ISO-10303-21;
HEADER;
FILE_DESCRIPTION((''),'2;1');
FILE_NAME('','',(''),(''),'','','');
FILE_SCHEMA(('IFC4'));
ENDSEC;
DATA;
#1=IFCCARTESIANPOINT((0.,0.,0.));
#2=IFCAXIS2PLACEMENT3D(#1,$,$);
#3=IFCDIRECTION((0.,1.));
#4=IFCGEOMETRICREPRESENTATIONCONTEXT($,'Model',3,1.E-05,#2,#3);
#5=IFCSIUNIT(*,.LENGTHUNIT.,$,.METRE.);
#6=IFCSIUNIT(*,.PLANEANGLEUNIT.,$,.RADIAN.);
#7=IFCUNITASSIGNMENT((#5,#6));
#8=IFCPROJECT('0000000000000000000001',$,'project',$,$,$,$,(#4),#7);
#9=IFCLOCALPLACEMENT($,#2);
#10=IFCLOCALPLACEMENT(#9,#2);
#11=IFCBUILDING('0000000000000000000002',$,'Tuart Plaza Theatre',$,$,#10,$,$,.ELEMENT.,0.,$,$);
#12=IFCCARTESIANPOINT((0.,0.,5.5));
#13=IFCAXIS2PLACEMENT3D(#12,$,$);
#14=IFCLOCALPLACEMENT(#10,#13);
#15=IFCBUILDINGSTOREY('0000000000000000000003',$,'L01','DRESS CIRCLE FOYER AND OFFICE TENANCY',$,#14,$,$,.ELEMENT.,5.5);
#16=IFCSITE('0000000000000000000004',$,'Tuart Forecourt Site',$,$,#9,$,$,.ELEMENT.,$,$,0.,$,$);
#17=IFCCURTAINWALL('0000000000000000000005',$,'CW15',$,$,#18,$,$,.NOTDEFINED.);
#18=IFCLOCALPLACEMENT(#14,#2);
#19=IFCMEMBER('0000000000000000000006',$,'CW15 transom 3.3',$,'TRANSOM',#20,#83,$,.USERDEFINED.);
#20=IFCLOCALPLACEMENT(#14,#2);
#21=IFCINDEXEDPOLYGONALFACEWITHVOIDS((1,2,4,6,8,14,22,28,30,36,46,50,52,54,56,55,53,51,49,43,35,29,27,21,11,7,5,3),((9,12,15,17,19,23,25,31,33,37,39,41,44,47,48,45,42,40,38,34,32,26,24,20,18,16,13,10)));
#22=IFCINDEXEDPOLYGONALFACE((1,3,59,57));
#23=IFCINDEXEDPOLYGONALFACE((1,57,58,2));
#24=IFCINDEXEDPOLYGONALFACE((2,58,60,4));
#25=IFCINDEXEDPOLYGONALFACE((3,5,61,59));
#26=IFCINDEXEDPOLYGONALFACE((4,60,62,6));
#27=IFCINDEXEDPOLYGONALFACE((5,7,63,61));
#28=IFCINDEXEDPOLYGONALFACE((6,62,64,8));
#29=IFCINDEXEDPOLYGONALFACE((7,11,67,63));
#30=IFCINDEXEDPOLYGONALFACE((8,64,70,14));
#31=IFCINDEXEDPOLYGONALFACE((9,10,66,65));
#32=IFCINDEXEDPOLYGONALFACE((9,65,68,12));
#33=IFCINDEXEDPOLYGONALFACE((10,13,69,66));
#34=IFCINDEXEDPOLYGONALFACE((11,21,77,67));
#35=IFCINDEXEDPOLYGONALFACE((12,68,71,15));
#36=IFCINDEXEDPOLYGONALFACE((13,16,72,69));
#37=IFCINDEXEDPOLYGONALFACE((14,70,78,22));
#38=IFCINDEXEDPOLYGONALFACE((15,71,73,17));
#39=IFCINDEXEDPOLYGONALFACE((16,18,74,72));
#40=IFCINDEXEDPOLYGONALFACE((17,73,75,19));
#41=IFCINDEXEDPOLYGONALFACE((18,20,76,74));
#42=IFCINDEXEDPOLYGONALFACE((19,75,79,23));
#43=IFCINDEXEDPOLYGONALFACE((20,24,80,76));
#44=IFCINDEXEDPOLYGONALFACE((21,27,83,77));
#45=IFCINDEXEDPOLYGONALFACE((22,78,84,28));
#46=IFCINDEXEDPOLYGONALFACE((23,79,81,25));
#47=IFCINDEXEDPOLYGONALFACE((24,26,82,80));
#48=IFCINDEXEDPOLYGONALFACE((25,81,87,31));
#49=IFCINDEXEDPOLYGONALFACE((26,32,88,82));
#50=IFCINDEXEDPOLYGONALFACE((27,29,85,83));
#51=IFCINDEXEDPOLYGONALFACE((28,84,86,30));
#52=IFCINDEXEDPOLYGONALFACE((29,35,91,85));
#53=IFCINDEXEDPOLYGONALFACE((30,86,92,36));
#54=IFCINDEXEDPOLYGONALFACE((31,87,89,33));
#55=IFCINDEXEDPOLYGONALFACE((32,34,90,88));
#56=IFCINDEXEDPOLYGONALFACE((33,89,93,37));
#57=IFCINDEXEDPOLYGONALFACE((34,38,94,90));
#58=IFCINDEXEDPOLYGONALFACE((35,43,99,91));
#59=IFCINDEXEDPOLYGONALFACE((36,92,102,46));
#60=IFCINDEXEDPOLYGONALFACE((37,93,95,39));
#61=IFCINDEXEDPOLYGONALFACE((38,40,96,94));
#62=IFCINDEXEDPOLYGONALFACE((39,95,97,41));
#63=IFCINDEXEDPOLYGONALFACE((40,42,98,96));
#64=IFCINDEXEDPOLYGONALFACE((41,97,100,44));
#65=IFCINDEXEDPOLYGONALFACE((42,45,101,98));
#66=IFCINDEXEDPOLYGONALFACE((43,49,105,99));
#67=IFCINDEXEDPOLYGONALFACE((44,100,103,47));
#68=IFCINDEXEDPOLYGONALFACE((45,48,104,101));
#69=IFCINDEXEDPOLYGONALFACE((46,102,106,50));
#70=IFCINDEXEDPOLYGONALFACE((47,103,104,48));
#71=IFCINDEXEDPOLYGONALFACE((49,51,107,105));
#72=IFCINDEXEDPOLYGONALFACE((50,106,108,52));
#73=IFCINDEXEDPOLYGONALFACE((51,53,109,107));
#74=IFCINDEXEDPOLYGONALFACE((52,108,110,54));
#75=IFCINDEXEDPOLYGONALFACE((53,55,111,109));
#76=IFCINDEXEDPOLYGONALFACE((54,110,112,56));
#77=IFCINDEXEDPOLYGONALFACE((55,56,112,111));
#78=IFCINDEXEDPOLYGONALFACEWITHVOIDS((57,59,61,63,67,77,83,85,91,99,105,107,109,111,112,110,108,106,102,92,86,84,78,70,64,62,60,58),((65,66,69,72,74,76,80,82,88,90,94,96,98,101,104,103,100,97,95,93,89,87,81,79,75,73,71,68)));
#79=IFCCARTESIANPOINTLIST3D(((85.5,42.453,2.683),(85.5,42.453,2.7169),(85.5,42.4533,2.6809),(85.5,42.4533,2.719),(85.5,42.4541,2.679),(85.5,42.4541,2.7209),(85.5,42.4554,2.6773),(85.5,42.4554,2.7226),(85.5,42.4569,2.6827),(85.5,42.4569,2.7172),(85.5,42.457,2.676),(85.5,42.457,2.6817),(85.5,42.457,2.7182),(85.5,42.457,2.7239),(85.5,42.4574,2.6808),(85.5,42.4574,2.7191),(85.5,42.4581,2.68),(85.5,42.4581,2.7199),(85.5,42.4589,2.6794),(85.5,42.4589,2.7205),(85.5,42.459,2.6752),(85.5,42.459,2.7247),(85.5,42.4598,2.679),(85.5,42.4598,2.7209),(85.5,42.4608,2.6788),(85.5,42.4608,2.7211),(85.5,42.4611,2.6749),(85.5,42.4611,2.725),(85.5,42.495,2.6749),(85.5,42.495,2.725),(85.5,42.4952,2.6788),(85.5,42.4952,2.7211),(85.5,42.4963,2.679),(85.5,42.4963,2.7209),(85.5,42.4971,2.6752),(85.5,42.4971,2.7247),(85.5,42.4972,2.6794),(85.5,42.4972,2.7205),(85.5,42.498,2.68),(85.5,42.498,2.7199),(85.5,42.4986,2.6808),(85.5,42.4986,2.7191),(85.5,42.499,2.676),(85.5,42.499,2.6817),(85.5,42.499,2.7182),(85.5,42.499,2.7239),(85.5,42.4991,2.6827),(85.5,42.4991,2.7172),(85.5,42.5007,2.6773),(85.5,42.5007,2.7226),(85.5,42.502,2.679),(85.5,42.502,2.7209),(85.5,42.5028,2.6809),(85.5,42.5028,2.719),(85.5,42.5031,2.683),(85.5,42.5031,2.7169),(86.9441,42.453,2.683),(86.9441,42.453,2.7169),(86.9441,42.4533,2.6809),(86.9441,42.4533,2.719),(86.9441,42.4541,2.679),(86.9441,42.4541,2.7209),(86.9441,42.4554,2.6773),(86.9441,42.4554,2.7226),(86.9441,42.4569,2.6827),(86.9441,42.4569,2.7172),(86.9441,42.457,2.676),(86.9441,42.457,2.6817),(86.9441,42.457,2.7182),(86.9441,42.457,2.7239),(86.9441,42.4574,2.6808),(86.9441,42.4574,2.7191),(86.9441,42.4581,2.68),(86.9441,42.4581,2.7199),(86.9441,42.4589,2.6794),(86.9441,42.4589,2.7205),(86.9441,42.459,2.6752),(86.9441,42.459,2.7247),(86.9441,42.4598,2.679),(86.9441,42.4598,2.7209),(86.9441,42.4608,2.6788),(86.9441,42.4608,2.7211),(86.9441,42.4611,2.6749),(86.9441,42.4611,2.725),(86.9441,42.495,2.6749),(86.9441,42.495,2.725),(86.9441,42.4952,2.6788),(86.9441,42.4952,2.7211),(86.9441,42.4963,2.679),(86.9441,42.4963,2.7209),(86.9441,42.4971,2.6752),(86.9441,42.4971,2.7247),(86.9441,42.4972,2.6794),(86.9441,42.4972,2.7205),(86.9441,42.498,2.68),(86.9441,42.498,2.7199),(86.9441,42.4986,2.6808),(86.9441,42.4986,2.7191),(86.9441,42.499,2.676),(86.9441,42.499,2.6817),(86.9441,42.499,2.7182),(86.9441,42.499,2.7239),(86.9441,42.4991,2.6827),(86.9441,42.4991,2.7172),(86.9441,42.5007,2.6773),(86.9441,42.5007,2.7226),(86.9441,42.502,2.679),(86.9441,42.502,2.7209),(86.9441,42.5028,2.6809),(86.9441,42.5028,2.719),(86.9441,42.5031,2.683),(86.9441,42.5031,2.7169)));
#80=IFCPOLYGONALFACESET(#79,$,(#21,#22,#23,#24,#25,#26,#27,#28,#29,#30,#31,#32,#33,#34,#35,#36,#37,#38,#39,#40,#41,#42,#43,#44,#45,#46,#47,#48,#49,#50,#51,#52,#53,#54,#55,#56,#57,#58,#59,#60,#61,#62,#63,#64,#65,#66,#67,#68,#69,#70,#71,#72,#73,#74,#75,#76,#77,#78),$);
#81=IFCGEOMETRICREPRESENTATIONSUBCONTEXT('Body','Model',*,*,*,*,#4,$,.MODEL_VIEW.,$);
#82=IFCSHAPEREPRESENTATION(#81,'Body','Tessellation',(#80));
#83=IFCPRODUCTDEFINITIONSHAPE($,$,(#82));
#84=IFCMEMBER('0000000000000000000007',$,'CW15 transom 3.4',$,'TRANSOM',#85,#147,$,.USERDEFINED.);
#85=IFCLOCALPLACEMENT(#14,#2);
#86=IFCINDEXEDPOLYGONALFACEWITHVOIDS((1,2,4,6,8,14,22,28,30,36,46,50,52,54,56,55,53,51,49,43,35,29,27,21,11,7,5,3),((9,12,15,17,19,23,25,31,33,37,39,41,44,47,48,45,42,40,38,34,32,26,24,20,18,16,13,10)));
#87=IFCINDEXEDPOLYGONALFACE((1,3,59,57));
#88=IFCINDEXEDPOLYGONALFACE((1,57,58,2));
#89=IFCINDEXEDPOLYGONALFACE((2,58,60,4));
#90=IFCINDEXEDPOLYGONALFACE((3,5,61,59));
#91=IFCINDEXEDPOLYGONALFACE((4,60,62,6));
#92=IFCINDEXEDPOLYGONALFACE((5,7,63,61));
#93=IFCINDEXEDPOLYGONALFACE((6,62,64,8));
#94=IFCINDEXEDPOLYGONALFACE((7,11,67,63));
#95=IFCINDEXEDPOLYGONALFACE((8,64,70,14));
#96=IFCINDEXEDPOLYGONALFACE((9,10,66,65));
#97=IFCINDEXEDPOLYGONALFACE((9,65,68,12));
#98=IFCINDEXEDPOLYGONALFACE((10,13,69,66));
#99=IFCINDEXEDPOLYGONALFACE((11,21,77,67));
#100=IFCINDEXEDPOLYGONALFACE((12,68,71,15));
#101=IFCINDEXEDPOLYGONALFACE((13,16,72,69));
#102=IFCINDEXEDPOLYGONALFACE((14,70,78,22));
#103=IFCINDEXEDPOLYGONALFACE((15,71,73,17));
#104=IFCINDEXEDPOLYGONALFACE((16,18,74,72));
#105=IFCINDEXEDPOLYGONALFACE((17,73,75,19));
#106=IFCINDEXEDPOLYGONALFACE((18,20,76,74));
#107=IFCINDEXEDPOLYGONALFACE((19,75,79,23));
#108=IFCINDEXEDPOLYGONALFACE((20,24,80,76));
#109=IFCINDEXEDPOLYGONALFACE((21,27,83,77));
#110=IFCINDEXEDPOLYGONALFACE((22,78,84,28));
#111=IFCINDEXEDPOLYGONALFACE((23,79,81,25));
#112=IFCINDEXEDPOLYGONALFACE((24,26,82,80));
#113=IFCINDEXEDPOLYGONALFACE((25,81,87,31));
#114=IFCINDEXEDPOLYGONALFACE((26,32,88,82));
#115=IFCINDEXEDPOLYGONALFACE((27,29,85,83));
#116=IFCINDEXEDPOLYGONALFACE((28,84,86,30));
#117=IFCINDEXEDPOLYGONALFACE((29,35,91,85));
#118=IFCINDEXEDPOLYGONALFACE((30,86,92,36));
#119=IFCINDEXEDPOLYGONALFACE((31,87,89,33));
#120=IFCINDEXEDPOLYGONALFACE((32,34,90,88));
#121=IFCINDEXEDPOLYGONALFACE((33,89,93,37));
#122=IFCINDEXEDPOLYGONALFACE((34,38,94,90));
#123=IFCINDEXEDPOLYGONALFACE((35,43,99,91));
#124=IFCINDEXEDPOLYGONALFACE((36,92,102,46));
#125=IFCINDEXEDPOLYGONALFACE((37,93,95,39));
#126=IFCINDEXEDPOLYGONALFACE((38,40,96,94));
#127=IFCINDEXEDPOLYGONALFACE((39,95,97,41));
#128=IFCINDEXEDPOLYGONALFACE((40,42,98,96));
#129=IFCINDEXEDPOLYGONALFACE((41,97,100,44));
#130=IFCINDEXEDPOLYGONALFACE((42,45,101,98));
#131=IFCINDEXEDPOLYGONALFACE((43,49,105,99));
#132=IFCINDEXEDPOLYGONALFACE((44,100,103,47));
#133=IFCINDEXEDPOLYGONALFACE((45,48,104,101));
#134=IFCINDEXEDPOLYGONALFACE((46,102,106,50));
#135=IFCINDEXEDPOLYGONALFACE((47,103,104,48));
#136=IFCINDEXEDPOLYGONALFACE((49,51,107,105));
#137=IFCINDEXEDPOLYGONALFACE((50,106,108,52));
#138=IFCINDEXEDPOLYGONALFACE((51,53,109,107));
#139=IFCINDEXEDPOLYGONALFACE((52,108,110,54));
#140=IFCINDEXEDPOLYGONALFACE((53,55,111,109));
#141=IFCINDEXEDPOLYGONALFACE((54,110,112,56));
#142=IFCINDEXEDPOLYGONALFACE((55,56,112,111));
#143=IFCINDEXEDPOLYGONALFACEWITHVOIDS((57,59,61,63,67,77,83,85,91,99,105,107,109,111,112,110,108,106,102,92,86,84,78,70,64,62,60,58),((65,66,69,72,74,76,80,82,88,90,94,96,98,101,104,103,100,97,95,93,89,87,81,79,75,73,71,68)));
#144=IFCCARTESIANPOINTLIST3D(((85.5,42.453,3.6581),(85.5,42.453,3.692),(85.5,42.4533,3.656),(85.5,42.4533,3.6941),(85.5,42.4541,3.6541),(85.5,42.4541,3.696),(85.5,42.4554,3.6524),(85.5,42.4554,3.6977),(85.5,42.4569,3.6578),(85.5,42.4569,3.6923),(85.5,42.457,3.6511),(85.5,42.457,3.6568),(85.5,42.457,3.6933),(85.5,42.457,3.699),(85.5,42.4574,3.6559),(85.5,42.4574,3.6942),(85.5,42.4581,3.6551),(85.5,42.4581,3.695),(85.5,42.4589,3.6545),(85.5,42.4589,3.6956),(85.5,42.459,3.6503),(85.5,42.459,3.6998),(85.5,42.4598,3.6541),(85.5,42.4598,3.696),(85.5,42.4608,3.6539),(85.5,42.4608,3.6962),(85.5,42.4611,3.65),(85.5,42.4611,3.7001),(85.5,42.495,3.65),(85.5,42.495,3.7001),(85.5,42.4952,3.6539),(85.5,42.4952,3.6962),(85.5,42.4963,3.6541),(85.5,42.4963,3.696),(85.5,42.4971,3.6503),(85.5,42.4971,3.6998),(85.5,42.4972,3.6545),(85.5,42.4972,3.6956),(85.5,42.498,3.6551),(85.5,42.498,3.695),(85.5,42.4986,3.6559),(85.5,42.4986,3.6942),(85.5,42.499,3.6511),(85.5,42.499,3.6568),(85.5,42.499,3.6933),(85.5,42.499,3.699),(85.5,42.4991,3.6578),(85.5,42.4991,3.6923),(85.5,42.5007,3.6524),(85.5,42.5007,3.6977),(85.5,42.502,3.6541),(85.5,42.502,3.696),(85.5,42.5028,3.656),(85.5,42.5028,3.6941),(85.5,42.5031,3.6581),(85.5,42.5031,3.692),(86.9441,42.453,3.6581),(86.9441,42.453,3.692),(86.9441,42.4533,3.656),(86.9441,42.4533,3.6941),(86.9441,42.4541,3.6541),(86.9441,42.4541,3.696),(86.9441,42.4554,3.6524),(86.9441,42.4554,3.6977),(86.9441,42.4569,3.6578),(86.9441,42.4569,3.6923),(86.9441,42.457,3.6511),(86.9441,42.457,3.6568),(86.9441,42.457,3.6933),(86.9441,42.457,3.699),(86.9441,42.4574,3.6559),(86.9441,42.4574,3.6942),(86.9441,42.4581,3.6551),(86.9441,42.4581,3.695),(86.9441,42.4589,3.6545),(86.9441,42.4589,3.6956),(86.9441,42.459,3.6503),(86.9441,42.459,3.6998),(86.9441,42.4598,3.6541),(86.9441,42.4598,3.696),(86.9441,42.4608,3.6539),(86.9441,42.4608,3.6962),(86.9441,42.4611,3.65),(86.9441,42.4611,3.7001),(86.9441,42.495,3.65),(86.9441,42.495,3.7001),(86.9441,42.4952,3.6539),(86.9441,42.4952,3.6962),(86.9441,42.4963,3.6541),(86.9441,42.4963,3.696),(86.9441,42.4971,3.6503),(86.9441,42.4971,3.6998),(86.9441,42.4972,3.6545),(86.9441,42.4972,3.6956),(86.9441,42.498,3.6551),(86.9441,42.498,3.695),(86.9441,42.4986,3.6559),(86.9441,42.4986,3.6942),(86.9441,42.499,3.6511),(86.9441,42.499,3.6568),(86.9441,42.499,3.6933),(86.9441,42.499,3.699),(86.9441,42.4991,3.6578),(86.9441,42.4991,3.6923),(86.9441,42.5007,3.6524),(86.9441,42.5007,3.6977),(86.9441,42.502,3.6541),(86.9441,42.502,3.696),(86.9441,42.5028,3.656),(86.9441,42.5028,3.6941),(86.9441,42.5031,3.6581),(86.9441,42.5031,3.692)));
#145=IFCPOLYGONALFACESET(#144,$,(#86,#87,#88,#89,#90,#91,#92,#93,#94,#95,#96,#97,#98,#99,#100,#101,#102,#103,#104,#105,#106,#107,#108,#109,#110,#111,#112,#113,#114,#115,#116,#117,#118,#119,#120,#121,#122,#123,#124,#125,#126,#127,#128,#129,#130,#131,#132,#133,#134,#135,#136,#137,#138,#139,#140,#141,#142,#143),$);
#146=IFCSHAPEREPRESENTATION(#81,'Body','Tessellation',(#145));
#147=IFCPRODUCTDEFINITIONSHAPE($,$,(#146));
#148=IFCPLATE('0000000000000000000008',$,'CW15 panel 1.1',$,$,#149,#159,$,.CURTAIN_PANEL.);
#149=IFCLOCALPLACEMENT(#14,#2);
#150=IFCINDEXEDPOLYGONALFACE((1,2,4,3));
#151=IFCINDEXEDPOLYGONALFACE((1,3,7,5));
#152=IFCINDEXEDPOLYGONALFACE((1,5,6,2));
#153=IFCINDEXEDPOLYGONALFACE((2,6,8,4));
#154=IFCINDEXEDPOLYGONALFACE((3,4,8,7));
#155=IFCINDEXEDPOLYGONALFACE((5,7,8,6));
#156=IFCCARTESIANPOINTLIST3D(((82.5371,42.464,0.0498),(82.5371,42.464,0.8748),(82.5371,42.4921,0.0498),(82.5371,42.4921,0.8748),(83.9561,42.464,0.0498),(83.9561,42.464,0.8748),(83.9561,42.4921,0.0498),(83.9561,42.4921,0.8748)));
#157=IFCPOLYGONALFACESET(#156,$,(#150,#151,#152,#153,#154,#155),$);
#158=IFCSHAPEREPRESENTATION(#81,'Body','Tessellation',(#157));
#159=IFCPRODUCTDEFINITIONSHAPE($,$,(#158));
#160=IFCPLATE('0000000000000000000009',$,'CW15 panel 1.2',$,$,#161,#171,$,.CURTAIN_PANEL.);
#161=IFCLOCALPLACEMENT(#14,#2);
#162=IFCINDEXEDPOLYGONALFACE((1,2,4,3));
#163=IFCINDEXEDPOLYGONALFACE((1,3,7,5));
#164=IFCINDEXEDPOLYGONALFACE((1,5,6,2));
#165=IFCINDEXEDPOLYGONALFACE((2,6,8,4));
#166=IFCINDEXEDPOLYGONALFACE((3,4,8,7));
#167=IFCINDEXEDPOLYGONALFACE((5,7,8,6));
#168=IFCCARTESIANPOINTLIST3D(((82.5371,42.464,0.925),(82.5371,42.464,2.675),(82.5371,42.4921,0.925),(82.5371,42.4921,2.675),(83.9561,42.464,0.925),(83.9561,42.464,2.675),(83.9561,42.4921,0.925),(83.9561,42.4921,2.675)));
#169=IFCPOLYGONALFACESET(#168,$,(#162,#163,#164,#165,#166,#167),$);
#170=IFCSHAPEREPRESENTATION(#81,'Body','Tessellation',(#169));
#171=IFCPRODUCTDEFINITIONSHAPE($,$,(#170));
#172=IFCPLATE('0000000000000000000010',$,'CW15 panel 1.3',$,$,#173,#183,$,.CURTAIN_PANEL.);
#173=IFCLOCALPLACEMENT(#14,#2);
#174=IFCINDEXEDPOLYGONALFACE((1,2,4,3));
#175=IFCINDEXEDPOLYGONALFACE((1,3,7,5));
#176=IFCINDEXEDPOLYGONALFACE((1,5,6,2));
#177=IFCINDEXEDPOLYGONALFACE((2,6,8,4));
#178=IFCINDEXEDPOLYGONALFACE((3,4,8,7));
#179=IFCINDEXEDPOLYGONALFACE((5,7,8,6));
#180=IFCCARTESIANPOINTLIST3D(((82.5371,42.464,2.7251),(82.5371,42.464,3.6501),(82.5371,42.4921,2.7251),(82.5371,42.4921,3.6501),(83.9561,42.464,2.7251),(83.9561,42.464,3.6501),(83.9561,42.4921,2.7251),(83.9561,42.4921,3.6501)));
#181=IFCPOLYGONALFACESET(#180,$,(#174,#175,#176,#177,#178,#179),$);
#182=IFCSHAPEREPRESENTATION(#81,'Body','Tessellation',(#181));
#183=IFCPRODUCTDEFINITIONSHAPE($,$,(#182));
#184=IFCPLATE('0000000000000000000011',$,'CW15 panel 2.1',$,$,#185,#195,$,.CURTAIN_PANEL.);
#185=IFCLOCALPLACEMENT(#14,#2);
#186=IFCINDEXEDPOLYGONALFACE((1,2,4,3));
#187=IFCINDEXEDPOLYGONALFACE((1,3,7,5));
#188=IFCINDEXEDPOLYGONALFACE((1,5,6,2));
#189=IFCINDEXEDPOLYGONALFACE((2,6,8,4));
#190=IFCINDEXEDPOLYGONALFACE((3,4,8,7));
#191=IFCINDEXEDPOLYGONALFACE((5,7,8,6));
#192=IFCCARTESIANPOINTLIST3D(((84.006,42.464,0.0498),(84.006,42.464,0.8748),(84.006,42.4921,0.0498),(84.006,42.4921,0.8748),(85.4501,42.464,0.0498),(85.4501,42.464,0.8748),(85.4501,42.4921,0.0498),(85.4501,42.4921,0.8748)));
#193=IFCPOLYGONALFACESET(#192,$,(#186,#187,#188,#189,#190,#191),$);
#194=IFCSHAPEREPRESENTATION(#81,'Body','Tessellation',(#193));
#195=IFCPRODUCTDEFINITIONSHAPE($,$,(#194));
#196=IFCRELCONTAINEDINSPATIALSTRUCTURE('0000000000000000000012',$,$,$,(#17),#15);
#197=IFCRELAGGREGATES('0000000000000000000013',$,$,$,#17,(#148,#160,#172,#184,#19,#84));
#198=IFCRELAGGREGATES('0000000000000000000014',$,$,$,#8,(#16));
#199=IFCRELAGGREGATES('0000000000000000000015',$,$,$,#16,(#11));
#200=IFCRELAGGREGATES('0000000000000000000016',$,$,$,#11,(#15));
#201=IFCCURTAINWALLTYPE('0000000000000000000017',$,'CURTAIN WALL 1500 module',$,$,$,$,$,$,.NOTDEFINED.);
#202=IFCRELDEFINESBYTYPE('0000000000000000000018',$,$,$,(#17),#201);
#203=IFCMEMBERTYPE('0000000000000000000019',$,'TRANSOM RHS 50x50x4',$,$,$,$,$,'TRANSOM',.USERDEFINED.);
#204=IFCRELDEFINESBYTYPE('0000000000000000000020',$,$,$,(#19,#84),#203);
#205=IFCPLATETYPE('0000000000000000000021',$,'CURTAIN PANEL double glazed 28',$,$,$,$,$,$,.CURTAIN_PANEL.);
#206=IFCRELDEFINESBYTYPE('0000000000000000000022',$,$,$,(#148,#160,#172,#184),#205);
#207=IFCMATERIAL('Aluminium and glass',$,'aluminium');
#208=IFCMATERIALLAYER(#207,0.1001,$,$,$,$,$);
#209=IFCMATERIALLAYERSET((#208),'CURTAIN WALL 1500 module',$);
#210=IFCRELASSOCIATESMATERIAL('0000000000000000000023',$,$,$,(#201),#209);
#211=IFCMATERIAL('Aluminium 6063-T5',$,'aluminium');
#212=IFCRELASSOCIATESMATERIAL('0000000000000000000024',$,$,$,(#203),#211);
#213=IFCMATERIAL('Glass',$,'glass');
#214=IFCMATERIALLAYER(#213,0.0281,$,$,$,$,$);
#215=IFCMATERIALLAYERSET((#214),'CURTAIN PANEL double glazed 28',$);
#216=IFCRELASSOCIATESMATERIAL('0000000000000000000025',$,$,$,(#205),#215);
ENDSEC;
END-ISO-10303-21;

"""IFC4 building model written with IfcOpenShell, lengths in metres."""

from ifc_helpers import new_model, si_unit, direction, frame, origin, origin_2d, place, context, subcontext, project, spatial, rectangle, hollow_rectangle, extrude, material, layer, layer_set, material_profile, profile_set, type_object, element, aggregate, save


model = new_model("IFC4")

# Units and contexts
model_context = context("Model", 3, precision=1e-05, world=origin(), true_north=direction((0.0, 1.0)))
body_context = subcontext(model_context, "Body", "Model", "MODEL_VIEW")
ifc_project = project(units=[si_unit("LENGTHUNIT", "METRE"), si_unit("PLANEANGLEUNIT", "RADIAN")], contexts=[model_context])

# Site, building, storey
site_placement = place(None, origin())
site = spatial("IfcSite", under=ifc_project, at=site_placement, Name="Tuart Forecourt Site", CompositionType="ELEMENT", RefElevation=0.0)
building_placement = place(site_placement, origin())
building = spatial("IfcBuilding", under=site, at=building_placement, Name="Tuart Plaza Theatre", CompositionType="ELEMENT", ElevationOfRefHeight=0.0)
storey_placement = place(building_placement, frame((0.0, 0.0, 5.5)))
storey = spatial("IfcBuildingStorey", under=building, at=storey_placement, Name="L01", Description="DRESS CIRCLE FOYER AND OFFICE TENANCY", CompositionType="ELEMENT", Elevation=5.5)

# Curtain wall, members, plates
ifc_material_1 = material(Name="Aluminium and glass", Category="aluminium")
ifc_layer_1 = layer(ifc_material_1, 0.1001)
ifc_layer_set_1 = layer_set([ifc_layer_1], Name="CURTAIN WALL 1500 module")
curtain_wall_type = type_object("IfcCurtainWallType", Name="CURTAIN WALL 1500 module", PredefinedType="NOTDEFINED", material=ifc_layer_set_1)
curtain_wall_placement = place(storey_placement, origin())
curtain_wall = element("IfcCurtainWall", 1, at=curtain_wall_placement, inside=storey, type_object=curtain_wall_type, Name="CW15", PredefinedType="NOTDEFINED")
ifc_material_2 = material(Name="Aluminium 6063-T5", Category="aluminium")
ifc_material_profile_1 = material_profile(ifc_material_2, hollow_rectangle(XDim=0.05, YDim=0.05, WallThickness=0.0039, InnerFilletRadius=0.0039, OuterFilletRadius=0.0081, at=origin_2d()), Name="RHS 50x50x4")
ifc_profile_set_1 = profile_set([ifc_material_profile_1], Name="Aluminium 6063-T5")
member_type_1 = type_object("IfcMemberType", Name="TRANSOM RHS 50x50x4", ElementType="TRANSOM", PredefinedType="USERDEFINED", material=ifc_profile_set_1)
member_1_placement = place(storey_placement, frame((85.5, 42.478, 2.7), z_axis=(1.0, 0.0, 0.0), x_axis=(0.0, 1.0, 0.0)))
member_1 = element("IfcMember", 2, at=member_1_placement, type_object=member_type_1, Name="CW15 transom 3.3", ObjectType="TRANSOM", PredefinedType="USERDEFINED", context=body_context, shape_type="SweptSolid", body=[
    extrude(hollow_rectangle(XDim=0.05, YDim=0.05, WallThickness=0.0039, InnerFilletRadius=0.0039, OuterFilletRadius=0.0081, at=origin_2d()), origin(), (0.0, 0.0, 1.0), 1.4441),
])
member_2_placement = place(storey_placement, frame((85.5, 42.478, 3.675), z_axis=(1.0, 0.0, 0.0), x_axis=(0.0, 1.0, 0.0)))
member_2 = element("IfcMember", 3, at=member_2_placement, type_object=member_type_1, Name="CW15 transom 3.4", ObjectType="TRANSOM", PredefinedType="USERDEFINED", context=body_context, shape_type="SweptSolid", body=[
    extrude(hollow_rectangle(XDim=0.05, YDim=0.05, WallThickness=0.0039, InnerFilletRadius=0.0039, OuterFilletRadius=0.0081, at=origin_2d()), origin(), (0.0, 0.0, 1.0), 1.4441),
])
ifc_material_3 = material(Name="Glass", Category="glass")
ifc_layer_2 = layer(ifc_material_3, 0.0281)
ifc_layer_set_2 = layer_set([ifc_layer_2], Name="CURTAIN PANEL double glazed 28")
plate_type = type_object("IfcPlateType", Name="CURTAIN PANEL double glazed 28", PredefinedType="CURTAIN_PANEL", material=ifc_layer_set_2)
plate_1_placement = place(storey_placement, frame((83.2466, 42.478, 0.0498), z_axis=(0.0, 0.0, 1.0), x_axis=(1.0, 0.0, 0.0)))
plate_1 = element("IfcPlate", 4, at=plate_1_placement, type_object=plate_type, Name="CW15 panel 1.1", PredefinedType="CURTAIN_PANEL", context=body_context, shape_type="SweptSolid", body=[
    extrude(rectangle(XDim=1.4189, YDim=0.0281, at=origin_2d()), origin(), (0.0, 0.0, 1.0), 0.825),
])
plate_2_placement = place(storey_placement, frame((83.2466, 42.478, 0.925), z_axis=(0.0, 0.0, 1.0), x_axis=(1.0, 0.0, 0.0)))
plate_2 = element("IfcPlate", 5, at=plate_2_placement, type_object=plate_type, Name="CW15 panel 1.2", PredefinedType="CURTAIN_PANEL", context=body_context, shape_type="SweptSolid", body=[
    extrude(rectangle(XDim=1.4189, YDim=0.0281, at=origin_2d()), origin(), (0.0, 0.0, 1.0), 1.75),
])
plate_3_placement = place(storey_placement, frame((83.2466, 42.478, 2.7251), z_axis=(0.0, 0.0, 1.0), x_axis=(1.0, 0.0, 0.0)))
plate_3 = element("IfcPlate", 6, at=plate_3_placement, type_object=plate_type, Name="CW15 panel 1.3", PredefinedType="CURTAIN_PANEL", context=body_context, shape_type="SweptSolid", body=[
    extrude(rectangle(XDim=1.4189, YDim=0.0281, at=origin_2d()), origin(), (0.0, 0.0, 1.0), 0.925),
])
plate_4_placement = place(storey_placement, frame((84.728, 42.478, 0.0498), z_axis=(0.0, 0.0, 1.0), x_axis=(1.0, 0.0, 0.0)))
plate_4 = element("IfcPlate", 7, at=plate_4_placement, type_object=plate_type, Name="CW15 panel 2.1", PredefinedType="CURTAIN_PANEL", context=body_context, shape_type="SweptSolid", body=[
    extrude(rectangle(XDim=1.4441, YDim=0.0281, at=origin_2d()), origin(), (0.0, 0.0, 1.0), 0.825),
])
aggregate(curtain_wall, [plate_1, plate_2, plate_3, plate_4, member_1, member_2])

save(model, "model.ifc")
